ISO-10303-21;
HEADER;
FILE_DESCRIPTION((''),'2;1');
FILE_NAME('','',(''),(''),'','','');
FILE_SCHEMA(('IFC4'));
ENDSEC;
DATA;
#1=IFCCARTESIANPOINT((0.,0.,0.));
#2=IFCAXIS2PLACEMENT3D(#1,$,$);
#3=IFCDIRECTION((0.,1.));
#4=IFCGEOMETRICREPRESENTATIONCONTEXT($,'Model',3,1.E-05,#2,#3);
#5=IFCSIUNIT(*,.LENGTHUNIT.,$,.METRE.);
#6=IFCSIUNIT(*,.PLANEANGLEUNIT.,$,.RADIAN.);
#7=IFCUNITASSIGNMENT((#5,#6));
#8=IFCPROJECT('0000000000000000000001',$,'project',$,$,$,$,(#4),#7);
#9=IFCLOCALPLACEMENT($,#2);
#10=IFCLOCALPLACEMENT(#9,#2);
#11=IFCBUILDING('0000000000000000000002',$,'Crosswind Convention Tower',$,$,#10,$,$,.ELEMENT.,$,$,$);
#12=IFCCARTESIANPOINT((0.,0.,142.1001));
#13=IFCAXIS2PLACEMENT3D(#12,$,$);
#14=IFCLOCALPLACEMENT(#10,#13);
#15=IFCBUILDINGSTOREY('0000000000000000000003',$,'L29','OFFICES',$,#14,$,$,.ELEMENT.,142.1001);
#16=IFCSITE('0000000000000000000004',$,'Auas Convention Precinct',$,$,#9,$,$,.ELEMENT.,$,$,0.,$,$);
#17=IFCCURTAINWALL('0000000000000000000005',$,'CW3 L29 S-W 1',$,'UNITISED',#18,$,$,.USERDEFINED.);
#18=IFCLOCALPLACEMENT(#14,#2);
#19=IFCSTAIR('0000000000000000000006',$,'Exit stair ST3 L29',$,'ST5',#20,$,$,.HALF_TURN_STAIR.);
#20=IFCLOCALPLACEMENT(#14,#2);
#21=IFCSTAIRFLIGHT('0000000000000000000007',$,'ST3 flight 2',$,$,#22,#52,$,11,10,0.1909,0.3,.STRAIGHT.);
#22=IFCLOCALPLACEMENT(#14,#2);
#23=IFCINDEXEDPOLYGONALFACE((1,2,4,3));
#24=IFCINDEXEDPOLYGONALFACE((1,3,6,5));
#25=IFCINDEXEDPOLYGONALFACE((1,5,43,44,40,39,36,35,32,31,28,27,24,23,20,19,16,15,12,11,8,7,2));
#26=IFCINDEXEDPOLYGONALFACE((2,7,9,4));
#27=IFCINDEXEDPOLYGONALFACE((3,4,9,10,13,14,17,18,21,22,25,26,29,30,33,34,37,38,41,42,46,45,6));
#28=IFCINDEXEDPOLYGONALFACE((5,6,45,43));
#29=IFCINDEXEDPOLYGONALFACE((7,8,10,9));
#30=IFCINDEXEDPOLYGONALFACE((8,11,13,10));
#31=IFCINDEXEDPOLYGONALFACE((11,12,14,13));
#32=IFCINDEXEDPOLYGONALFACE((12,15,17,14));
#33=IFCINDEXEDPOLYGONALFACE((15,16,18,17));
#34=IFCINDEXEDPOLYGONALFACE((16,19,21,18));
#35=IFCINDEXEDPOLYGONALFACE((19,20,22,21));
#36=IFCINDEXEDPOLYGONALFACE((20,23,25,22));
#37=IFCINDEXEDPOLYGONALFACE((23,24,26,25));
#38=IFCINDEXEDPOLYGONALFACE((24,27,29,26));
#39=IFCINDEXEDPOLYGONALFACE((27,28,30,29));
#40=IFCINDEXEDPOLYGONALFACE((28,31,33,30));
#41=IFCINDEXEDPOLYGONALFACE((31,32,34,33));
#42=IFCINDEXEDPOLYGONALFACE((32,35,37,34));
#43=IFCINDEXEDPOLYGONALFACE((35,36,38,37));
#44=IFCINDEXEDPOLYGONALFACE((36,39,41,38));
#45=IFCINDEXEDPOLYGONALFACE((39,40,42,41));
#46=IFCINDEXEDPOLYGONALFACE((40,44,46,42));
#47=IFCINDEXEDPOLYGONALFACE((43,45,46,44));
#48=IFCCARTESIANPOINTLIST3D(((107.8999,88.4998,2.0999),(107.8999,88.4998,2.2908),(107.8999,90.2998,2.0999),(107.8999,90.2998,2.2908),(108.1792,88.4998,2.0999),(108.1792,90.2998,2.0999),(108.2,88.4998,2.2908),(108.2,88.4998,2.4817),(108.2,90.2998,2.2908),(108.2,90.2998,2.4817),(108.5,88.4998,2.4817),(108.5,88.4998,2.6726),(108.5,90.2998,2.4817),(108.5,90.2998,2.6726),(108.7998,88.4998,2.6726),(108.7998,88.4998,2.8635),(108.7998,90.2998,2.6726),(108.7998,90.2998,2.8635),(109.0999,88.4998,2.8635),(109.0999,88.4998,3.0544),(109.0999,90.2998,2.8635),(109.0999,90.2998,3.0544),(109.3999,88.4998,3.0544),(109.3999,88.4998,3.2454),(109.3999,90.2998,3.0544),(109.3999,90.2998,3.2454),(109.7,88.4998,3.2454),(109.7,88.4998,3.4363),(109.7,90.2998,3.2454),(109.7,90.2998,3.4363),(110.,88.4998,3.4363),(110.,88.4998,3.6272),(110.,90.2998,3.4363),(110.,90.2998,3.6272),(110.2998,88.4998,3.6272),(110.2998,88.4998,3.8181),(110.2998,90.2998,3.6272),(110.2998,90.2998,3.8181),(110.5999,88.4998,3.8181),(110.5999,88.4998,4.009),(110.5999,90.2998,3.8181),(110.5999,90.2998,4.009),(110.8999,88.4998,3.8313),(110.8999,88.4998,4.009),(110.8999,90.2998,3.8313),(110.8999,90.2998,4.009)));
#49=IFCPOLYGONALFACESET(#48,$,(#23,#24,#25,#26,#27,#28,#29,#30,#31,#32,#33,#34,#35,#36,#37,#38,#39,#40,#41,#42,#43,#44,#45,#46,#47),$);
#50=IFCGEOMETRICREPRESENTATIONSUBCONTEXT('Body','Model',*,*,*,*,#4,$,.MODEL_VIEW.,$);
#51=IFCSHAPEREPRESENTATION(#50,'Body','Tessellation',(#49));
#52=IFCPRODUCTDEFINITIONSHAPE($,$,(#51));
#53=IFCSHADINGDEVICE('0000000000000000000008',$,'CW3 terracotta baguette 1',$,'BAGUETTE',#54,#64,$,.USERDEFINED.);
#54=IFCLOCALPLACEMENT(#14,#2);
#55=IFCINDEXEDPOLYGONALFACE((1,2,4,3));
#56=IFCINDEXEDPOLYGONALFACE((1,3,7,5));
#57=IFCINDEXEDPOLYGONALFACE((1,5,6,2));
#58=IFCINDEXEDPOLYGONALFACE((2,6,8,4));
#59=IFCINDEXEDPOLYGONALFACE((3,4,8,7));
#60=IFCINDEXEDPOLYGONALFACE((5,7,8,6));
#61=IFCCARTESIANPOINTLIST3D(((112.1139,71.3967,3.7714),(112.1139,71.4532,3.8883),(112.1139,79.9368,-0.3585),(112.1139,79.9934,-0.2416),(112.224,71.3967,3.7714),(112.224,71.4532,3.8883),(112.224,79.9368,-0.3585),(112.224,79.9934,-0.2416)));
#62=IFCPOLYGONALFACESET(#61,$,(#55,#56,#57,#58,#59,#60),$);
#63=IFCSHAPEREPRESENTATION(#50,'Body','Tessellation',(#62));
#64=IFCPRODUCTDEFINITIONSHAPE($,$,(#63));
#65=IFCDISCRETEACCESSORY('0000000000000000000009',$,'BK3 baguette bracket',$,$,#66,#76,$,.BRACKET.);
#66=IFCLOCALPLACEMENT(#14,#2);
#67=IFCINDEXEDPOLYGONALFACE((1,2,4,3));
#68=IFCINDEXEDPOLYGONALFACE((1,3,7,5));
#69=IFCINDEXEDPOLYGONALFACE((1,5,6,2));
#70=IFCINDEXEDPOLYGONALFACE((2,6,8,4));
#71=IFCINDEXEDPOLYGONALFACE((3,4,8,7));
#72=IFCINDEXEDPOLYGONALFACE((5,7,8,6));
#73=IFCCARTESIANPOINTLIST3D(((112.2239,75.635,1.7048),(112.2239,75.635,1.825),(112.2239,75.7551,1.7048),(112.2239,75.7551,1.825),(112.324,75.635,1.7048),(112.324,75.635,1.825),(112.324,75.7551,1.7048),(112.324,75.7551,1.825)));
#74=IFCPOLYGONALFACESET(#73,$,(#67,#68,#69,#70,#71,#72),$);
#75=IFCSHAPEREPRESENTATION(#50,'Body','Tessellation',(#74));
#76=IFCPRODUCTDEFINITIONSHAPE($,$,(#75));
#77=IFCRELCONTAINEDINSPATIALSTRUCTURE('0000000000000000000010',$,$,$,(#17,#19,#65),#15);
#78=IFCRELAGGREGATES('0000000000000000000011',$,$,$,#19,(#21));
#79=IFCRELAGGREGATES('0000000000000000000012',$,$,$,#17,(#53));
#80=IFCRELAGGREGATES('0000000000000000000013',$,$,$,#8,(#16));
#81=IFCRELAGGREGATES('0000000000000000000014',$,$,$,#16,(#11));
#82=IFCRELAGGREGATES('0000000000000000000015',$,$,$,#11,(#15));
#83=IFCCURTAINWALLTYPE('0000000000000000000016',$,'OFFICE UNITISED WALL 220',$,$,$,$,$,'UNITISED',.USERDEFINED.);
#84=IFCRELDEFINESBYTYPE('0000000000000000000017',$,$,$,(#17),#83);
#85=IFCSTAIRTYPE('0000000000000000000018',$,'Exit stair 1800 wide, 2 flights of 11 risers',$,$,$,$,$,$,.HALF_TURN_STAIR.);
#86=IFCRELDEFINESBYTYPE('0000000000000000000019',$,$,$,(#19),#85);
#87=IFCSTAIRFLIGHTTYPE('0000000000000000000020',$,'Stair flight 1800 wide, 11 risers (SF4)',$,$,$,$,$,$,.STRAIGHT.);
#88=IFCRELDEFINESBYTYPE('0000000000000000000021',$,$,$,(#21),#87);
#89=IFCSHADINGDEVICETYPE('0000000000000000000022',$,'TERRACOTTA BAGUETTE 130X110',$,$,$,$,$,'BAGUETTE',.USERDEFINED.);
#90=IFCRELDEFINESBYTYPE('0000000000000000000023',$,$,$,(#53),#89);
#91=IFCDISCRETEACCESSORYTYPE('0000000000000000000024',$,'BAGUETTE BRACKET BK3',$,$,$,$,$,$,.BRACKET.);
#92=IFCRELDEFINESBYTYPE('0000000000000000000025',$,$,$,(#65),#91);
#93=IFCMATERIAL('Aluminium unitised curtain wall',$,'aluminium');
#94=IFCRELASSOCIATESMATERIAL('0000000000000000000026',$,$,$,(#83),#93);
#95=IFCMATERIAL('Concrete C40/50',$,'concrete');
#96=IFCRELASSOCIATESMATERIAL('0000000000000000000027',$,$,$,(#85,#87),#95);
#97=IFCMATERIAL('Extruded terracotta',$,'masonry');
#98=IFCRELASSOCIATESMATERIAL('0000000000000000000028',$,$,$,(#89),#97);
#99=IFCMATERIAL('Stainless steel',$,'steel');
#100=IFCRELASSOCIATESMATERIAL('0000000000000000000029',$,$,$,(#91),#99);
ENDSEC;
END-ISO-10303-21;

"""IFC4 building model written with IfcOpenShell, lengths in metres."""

from ifc_helpers import new_model, si_unit, direction, frame, origin, origin_2d, place, context, subcontext, project, spatial, polyline, rectangle, outline, extrude, material, material_profile, profile_set, type_object, element, aggregate, save


model = new_model("IFC4")

# Units and contexts
model_context = context("Model", 3, precision=1e-05, world=origin(), true_north=direction((0.0, 1.0)))
body_context = subcontext(model_context, "Body", "Model", "MODEL_VIEW")
ifc_project = project(units=[si_unit("LENGTHUNIT", "METRE"), si_unit("PLANEANGLEUNIT", "RADIAN")], contexts=[model_context])

# Site, building, storey
site_placement = place(None, origin())
site = spatial("IfcSite", under=ifc_project, at=site_placement, Name="Auas Convention Precinct", CompositionType="ELEMENT", RefElevation=0.0)
building_placement = place(site_placement, origin())
building = spatial("IfcBuilding", under=site, at=building_placement, Name="Crosswind Convention Tower", CompositionType="ELEMENT")
storey_placement = place(building_placement, frame((0.0, 0.0, 142.1001)))
storey = spatial("IfcBuildingStorey", under=building, at=storey_placement, Name="L29", Description="OFFICES", CompositionType="ELEMENT", Elevation=142.1001)

# Curtain wall
ifc_material_1 = material(Name="Aluminium unitised curtain wall", Category="aluminium")
curtain_wall_type_1 = type_object("IfcCurtainWallType", Name="OFFICE UNITISED WALL 220", ElementType="UNITISED", PredefinedType="USERDEFINED", material=ifc_material_1)
curtain_wall_1_placement = place(storey_placement, origin())
curtain_wall_1 = element("IfcCurtainWall", 1, at=curtain_wall_1_placement, inside=storey, type_object=curtain_wall_type_1, Name="CW3 L29 S-W 1", ObjectType="UNITISED", PredefinedType="USERDEFINED")

# Shared definitions
ifc_material_2 = material(Name="Stainless steel", Category="steel")

# Stair, stair flight
ifc_material_3 = material(Name="Concrete C40/50", Category="concrete")
stair_type = type_object("IfcStairType", Name="Exit stair 1800 wide, 2 flights of 11 risers", PredefinedType="HALF_TURN_STAIR", material=ifc_material_3)
stair_placement = place(storey_placement, origin())
stair = element("IfcStair", 2, at=stair_placement, inside=storey, type_object=stair_type, Name="Exit stair ST3 L29", ObjectType="ST5", PredefinedType="HALF_TURN_STAIR")
stair_flight_type = type_object("IfcStairFlightType", Name="Stair flight 1800 wide, 11 risers (SF4)", PredefinedType="STRAIGHT", material=ifc_material_3)
stair_flight_1_placement = place(storey_placement, frame((107.8999, 89.3999, 2.0999), z_axis=(0.0, 0.0, 1.0), x_axis=(1.0, 0.0, 0.0)))
stair_flight_1 = element("IfcStairFlight", 3, at=stair_flight_1_placement, type_object=stair_flight_type, Name="ST3 flight 2", NumberOfRisers=11, NumberOfTreads=10, PredefinedType="STRAIGHT", RiserHeight=0.1909, TreadLength=0.3, context=body_context, shape_type="SweptSolid", body=[
    extrude(outline(polyline([(0.0, 0.0), (0.0, 0.1909), (0.3, 0.1909), (0.3, 0.3818), (0.6001, 0.3818), (0.6001, 0.5728), (0.8999, 0.5728), (0.8999, 0.7637), (1.2, 0.7637), (1.2, 0.9546), (1.5, 0.9546), (1.5, 1.1455), (1.8, 1.1455), (1.8, 1.3364), (2.1001, 1.3364), (2.1001, 1.5273), (2.3999, 1.5273), (2.3999, 1.7183), (2.7, 1.7183), (2.7, 1.9092), (3.0, 1.9092), (3.0, 2.1001), (3.0, 1.7314), (0.2793, 0.0), (0.0, 0.0)])), frame((0.0, 0.8999, 0.0), z_axis=(0.0, -1.0, 0.0), x_axis=(1.0, 0.0, 0.0)), (0.0, 0.0, 1.0), 1.8),
])
aggregate(stair, [stair_flight_1])

# Shading device
ifc_material_4 = material(Name="Extruded terracotta", Category="masonry")
ifc_material_profile_1 = material_profile(ifc_material_4, rectangle(XDim=0.1101, YDim=0.1299, at=origin_2d()), Name="TC 110X130")
ifc_profile_set_1 = profile_set([ifc_material_profile_1], Name="Extruded terracotta")
shading_device_type = type_object("IfcShadingDeviceType", Name="TERRACOTTA BAGUETTE 130X110", ElementType="BAGUETTE", PredefinedType="USERDEFINED", material=ifc_profile_set_1)
shading_device_placement = place(storey_placement, frame((112.1689, 79.9651, -0.3), z_axis=(0.0, -0.900258, 0.435356), x_axis=(1.0, 0.0, 0.0)))
shading_device = element("IfcShadingDevice", 4, at=shading_device_placement, type_object=shading_device_type, Name="CW3 terracotta baguette 1", ObjectType="BAGUETTE", PredefinedType="USERDEFINED", context=body_context, shape_type="SweptSolid", body=[
    extrude(rectangle(XDim=0.1101, YDim=0.1299, at=origin_2d()), origin(), (0.0, 0.0, 1.0), 9.4863),
])
aggregate(curtain_wall_1, [shading_device])

# Discrete accessory
discrete_accessory_type = type_object("IfcDiscreteAccessoryType", Name="BAGUETTE BRACKET BK3", PredefinedType="BRACKET", material=ifc_material_2)
discrete_accessory_placement = place(storey_placement, frame((112.2739, 75.6951, 1.7048), z_axis=(0.0, 0.0, 1.0), x_axis=(0.0, -1.0, 0.0)))
element("IfcDiscreteAccessory", 5, at=discrete_accessory_placement, inside=storey, type_object=discrete_accessory_type, Name="BK3 baguette bracket", PredefinedType="BRACKET", context=body_context, shape_type="SweptSolid", body=[
    extrude(rectangle(XDim=0.1201, YDim=0.1001, at=origin_2d()), origin(), (0.0, 0.0, 1.0), 0.1201),
])

save(model, "model.ifc")
